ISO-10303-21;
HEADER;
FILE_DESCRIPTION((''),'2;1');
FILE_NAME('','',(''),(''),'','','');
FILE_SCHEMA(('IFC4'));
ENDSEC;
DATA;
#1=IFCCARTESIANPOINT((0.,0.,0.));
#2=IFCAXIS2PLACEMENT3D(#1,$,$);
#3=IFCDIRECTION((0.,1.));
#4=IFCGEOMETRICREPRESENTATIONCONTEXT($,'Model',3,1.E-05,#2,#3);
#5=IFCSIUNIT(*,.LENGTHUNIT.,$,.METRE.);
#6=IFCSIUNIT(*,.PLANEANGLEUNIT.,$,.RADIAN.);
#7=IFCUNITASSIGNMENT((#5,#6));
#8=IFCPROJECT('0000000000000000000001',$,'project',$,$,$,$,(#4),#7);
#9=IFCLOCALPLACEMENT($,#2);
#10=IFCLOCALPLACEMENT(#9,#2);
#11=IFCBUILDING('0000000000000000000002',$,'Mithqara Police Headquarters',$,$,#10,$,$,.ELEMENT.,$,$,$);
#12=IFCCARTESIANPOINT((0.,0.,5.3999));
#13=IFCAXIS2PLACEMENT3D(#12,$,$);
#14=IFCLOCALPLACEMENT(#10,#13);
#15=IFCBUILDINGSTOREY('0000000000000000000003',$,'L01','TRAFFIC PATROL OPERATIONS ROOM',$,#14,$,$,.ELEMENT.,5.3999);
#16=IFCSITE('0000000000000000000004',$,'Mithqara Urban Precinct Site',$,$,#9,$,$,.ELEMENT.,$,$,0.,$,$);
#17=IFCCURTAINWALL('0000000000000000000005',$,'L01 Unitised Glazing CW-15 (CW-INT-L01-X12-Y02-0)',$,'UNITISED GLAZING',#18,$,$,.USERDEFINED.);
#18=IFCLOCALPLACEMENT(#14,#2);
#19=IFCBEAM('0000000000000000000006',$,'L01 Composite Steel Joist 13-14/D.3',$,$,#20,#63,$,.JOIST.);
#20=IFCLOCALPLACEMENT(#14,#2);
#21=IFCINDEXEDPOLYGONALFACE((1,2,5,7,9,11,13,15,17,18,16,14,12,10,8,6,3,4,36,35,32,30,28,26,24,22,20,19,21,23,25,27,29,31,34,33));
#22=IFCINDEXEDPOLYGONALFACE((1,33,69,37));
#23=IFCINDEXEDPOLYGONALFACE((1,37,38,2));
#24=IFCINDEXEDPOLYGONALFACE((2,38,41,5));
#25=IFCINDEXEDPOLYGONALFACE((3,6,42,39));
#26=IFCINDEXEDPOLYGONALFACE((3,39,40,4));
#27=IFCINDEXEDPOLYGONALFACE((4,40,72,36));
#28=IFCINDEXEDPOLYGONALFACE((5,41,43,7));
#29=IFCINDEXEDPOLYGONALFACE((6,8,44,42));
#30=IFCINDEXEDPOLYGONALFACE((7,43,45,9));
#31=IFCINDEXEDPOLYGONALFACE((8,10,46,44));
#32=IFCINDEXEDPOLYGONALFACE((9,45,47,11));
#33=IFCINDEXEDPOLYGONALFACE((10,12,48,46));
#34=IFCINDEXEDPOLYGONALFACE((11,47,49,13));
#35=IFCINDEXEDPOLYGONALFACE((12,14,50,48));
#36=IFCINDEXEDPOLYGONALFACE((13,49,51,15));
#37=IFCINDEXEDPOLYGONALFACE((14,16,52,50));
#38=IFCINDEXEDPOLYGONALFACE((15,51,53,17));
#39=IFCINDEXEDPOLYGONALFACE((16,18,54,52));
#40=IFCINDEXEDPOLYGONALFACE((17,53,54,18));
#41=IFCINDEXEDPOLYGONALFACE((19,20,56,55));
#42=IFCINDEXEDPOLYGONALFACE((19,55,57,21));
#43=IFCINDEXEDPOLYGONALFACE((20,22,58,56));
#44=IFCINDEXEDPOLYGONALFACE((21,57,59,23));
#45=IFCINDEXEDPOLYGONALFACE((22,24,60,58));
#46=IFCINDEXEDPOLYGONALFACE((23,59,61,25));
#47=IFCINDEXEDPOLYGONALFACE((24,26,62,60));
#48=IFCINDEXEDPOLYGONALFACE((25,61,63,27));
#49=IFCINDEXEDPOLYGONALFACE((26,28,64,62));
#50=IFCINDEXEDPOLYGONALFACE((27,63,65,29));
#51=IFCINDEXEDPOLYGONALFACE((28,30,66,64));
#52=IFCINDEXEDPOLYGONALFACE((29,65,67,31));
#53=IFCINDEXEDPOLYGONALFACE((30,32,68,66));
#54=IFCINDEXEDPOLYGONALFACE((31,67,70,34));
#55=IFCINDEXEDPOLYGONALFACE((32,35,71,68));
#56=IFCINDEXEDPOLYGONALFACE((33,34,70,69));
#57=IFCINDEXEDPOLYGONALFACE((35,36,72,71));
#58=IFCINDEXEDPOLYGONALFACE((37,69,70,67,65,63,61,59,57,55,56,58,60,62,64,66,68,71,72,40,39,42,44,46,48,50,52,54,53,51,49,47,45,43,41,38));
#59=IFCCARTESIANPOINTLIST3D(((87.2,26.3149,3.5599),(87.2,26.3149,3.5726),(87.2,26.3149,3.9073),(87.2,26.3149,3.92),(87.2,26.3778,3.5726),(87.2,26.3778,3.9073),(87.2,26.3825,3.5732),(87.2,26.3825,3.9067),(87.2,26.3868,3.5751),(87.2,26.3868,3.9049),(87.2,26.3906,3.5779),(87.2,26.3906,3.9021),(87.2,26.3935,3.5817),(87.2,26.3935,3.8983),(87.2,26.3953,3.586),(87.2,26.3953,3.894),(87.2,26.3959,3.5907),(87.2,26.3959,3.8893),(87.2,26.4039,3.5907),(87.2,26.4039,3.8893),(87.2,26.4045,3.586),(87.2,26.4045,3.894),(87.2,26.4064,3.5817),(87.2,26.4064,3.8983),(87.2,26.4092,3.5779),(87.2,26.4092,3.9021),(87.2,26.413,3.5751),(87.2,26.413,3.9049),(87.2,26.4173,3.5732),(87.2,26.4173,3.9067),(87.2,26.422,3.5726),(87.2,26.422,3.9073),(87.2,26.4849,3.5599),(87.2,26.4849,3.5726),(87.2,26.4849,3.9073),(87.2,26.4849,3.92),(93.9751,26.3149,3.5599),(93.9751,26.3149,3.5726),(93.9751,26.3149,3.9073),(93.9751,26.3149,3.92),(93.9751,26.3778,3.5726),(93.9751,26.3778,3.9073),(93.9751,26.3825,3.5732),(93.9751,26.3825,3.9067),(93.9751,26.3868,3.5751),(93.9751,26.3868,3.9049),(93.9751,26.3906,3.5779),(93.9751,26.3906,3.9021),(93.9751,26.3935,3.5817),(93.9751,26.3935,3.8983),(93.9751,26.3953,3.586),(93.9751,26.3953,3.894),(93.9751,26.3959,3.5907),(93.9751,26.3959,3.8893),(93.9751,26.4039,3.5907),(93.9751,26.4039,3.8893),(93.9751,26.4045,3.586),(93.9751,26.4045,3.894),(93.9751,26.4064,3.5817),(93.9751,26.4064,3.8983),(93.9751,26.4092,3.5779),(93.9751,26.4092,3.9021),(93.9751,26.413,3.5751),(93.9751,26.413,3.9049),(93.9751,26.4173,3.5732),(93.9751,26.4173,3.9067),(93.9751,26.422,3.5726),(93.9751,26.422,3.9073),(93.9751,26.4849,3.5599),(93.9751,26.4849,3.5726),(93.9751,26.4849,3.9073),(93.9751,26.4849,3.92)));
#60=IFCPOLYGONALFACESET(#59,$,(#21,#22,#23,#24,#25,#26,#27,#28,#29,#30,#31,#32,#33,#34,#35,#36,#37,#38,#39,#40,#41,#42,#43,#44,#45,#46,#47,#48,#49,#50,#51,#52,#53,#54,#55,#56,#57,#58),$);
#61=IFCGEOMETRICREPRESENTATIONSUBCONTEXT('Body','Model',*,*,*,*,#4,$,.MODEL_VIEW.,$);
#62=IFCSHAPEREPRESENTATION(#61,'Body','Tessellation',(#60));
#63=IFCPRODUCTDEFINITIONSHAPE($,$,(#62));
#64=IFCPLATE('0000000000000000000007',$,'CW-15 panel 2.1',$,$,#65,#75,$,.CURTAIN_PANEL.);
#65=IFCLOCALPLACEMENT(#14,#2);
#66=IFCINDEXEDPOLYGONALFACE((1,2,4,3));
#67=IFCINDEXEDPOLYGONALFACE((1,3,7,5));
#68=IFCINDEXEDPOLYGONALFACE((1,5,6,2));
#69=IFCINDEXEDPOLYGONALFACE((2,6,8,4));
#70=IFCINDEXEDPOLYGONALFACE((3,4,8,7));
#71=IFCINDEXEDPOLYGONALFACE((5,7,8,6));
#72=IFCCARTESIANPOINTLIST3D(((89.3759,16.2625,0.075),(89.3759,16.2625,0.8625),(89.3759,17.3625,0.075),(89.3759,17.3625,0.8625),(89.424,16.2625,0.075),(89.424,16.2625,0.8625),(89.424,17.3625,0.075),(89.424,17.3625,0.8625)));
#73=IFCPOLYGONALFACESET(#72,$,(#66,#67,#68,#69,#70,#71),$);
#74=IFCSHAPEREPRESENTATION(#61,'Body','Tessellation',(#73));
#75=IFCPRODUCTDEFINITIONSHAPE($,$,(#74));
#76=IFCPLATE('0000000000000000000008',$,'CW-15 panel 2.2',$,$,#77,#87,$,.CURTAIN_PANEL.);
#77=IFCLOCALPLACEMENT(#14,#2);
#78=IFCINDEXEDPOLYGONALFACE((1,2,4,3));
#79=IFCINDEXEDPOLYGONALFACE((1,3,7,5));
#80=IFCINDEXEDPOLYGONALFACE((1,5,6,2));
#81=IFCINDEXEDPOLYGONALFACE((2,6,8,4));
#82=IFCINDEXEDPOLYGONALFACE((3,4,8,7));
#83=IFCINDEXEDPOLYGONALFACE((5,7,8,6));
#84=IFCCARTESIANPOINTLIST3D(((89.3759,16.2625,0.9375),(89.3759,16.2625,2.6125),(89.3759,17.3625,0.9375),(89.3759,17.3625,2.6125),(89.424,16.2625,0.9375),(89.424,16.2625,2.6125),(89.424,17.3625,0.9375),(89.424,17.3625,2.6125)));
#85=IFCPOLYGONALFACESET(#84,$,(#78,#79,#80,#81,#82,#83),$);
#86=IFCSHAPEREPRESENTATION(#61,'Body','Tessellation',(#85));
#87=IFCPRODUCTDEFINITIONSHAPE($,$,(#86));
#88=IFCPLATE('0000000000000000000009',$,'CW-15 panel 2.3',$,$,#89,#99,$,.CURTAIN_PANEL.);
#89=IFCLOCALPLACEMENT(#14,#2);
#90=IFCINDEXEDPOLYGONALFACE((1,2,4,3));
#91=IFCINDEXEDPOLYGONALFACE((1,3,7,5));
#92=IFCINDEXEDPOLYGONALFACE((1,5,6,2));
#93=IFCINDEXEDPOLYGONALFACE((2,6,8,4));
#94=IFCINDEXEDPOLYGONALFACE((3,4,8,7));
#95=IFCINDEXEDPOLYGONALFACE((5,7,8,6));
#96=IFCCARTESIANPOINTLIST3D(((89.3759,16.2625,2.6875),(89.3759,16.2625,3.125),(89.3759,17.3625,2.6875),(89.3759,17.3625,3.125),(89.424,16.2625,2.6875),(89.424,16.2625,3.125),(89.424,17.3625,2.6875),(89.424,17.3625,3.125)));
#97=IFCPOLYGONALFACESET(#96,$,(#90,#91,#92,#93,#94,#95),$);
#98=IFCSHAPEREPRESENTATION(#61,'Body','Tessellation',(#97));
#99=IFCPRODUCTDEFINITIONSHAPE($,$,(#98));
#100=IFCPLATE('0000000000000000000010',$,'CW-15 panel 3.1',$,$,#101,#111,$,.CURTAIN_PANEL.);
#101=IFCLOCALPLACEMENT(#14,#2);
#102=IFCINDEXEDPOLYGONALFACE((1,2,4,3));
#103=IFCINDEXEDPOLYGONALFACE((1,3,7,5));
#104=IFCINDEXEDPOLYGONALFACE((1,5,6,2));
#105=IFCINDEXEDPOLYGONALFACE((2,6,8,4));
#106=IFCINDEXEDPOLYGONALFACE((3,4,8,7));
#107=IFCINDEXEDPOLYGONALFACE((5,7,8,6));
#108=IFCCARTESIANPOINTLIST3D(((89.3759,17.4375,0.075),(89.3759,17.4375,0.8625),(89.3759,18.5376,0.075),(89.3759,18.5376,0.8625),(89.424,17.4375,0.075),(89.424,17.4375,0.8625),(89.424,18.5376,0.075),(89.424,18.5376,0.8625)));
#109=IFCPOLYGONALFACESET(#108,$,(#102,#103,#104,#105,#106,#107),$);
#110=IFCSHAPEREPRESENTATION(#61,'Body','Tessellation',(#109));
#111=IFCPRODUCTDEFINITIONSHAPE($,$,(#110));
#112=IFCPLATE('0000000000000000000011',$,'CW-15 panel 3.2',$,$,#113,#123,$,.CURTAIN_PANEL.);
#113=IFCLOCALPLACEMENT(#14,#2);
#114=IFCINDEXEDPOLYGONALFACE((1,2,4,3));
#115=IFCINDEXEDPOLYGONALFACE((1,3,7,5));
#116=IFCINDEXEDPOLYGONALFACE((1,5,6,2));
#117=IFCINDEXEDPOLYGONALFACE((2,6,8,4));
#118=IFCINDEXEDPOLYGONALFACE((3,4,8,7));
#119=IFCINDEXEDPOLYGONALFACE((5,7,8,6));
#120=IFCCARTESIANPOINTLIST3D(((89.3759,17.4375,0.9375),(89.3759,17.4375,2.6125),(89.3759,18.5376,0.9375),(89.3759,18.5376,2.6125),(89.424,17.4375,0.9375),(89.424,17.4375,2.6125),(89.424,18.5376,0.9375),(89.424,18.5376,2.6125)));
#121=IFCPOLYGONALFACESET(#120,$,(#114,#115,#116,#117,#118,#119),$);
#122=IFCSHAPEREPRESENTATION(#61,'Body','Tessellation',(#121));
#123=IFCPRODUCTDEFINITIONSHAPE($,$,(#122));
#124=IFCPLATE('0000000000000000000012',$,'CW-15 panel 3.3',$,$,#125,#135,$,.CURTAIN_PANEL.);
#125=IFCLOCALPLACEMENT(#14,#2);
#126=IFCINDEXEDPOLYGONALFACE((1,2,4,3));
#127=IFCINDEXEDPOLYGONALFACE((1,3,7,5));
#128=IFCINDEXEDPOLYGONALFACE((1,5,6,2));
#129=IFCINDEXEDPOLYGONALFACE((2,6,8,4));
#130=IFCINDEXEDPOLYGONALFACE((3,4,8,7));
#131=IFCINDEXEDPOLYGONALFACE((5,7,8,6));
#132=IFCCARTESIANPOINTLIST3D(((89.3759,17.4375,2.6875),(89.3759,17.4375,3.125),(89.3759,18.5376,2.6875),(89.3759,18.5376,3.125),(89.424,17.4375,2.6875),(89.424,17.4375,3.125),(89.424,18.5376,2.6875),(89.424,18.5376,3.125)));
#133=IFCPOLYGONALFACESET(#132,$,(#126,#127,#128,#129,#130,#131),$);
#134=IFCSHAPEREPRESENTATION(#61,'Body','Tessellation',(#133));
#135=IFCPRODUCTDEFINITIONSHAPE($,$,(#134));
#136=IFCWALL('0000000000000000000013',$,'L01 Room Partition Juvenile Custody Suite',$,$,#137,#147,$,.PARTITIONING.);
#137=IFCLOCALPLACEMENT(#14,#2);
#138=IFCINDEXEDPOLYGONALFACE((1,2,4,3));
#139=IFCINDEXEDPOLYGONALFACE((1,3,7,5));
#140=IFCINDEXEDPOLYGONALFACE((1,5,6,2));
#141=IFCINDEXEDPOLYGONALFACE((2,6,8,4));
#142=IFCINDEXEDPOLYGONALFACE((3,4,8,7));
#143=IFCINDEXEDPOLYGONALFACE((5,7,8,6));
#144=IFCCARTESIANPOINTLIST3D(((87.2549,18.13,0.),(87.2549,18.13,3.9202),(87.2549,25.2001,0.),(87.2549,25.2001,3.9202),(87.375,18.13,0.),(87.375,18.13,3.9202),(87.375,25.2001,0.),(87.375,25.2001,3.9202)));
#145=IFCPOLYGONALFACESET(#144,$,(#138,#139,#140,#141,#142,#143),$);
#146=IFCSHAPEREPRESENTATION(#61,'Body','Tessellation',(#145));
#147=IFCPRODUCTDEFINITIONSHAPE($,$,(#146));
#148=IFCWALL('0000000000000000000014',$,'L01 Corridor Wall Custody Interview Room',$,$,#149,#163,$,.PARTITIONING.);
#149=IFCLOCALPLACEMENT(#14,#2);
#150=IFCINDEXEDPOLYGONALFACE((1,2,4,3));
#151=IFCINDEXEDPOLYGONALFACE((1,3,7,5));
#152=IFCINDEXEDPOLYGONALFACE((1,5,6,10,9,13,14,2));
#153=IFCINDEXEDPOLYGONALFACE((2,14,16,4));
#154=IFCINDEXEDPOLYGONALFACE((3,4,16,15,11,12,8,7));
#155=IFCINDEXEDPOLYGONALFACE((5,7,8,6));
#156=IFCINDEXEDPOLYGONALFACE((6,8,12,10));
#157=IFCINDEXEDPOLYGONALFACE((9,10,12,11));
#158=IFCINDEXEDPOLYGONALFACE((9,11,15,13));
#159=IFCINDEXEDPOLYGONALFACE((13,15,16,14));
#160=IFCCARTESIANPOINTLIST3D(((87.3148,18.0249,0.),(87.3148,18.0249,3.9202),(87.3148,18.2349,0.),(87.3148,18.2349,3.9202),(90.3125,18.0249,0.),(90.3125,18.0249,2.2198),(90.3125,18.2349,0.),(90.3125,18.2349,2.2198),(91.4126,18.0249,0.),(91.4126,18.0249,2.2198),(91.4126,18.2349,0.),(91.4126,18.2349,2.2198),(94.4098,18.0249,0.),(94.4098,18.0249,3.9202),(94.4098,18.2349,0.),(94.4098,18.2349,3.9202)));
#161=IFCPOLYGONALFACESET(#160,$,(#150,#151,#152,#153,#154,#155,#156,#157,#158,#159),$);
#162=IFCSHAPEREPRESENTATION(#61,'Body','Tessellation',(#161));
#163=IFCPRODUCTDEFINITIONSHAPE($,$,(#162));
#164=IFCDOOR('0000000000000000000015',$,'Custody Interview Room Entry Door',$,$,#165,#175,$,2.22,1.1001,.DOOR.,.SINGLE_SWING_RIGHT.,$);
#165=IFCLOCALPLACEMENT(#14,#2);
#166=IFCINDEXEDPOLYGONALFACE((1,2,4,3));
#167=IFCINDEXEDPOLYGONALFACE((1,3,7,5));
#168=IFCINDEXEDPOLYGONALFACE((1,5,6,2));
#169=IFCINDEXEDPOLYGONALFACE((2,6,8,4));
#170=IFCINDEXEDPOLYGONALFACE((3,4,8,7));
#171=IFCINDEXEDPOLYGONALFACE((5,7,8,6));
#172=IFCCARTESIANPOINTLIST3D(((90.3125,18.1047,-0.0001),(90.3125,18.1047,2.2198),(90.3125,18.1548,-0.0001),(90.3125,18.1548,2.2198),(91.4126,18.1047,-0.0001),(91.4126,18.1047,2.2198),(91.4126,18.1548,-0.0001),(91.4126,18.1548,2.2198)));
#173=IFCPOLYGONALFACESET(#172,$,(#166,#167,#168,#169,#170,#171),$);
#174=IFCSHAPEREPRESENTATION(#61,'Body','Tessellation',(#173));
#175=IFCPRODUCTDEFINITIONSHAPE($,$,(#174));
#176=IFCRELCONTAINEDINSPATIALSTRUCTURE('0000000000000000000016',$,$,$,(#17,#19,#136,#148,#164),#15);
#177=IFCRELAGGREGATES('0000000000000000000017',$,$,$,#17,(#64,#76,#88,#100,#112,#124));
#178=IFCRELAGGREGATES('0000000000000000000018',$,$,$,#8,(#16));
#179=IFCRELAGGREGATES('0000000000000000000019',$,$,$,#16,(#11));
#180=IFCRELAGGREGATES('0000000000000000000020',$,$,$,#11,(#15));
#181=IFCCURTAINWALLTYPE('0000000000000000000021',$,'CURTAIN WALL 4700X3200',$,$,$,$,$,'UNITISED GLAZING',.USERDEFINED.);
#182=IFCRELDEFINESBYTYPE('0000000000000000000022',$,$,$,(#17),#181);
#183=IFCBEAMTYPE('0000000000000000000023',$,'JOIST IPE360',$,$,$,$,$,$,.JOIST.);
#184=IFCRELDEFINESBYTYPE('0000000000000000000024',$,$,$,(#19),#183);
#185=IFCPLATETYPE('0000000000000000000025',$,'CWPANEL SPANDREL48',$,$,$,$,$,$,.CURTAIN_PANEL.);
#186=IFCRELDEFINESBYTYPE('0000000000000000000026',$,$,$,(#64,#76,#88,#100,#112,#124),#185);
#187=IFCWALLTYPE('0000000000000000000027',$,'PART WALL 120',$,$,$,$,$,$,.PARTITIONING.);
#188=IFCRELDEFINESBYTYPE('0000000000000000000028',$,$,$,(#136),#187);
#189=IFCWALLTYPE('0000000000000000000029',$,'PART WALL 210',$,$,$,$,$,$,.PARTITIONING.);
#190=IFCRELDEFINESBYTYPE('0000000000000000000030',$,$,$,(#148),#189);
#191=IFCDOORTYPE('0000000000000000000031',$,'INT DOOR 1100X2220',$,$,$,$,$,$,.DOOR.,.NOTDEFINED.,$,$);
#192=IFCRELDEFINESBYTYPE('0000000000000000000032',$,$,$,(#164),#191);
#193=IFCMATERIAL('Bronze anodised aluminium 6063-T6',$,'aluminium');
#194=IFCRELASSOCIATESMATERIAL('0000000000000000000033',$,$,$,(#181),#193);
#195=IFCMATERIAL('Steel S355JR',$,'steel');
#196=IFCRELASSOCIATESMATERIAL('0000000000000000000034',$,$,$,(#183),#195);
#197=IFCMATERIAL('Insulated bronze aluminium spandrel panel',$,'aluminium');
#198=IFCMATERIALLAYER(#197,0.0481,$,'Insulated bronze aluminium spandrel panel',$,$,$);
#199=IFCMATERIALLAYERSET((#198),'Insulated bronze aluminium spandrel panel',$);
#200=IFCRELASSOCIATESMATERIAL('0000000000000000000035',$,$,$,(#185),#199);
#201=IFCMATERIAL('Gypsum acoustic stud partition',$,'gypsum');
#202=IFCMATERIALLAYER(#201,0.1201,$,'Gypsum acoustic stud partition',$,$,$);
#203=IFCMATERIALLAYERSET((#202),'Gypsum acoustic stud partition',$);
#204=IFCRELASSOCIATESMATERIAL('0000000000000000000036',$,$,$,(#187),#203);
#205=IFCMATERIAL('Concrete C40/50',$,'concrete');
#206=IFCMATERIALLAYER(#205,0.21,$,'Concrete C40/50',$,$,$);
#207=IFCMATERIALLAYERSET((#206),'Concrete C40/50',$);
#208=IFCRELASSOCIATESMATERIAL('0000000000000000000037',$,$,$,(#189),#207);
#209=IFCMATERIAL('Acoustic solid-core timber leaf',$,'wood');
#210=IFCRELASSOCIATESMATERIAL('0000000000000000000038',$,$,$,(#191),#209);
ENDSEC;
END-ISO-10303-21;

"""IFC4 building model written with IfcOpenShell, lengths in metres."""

from ifc_helpers import new_model, si_unit, direction, frame, frame_2d, origin, origin_2d, place, context, subcontext, project, spatial, rectangle, i_section, extrude, material, layer, layer_set, material_profile, profile_set, type_object, element, fill, aggregate, save


model = new_model("IFC4")

# Units and contexts
model_context = context("Model", 3, precision=1e-05, world=origin(), true_north=direction((0.0, 1.0)))
body_context = subcontext(model_context, "Body", "Model", "MODEL_VIEW")
ifc_project = project(units=[si_unit("LENGTHUNIT", "METRE"), si_unit("PLANEANGLEUNIT", "RADIAN")], contexts=[model_context])

# Site, building, storey
site_placement = place(None, origin())
site = spatial("IfcSite", under=ifc_project, at=site_placement, Name="Mithqara Urban Precinct Site", CompositionType="ELEMENT", RefElevation=0.0)
building_placement = place(site_placement, origin())
building = spatial("IfcBuilding", under=site, at=building_placement, Name="Mithqara Police Headquarters", CompositionType="ELEMENT")
storey_placement = place(building_placement, frame((0.0, 0.0, 5.3999)))
storey = spatial("IfcBuildingStorey", under=building, at=storey_placement, Name="L01", Description="TRAFFIC PATROL OPERATIONS ROOM", CompositionType="ELEMENT", Elevation=5.3999)

# Shared definitions
ifc_material_1 = material(Name="Steel S355JR", Category="steel")
ifc_material_2 = material(Name="Concrete C40/50", Category="concrete")

# Curtain wall
ifc_material_3 = material(Name="Bronze anodised aluminium 6063-T6", Category="aluminium")
curtain_wall_type = type_object("IfcCurtainWallType", Name="CURTAIN WALL 4700X3200", ElementType="UNITISED GLAZING", PredefinedType="USERDEFINED", material=ifc_material_3)
curtain_wall_placement = place(storey_placement, origin())
curtain_wall = element("IfcCurtainWall", 1, at=curtain_wall_placement, inside=storey, type_object=curtain_wall_type, Name="L01 Unitised Glazing CW-15 (CW-INT-L01-X12-Y02-0)", ObjectType="UNITISED GLAZING", PredefinedType="USERDEFINED")

# Beam
ifc_material_profile_1 = material_profile(ifc_material_1, i_section(OverallWidth=0.1699, OverallDepth=0.3601, WebThickness=0.0081, FlangeThickness=0.0127, FilletRadius=0.0181, at=origin_2d()), Name="IPE 360")
ifc_profile_set_1 = profile_set([ifc_material_profile_1], Name="Steel S355JR")
beam_type_1 = type_object("IfcBeamType", Name="JOIST IPE360", PredefinedType="JOIST", material=ifc_profile_set_1)
beam_1_placement = place(storey_placement, frame((87.2, 26.3999, 3.74), z_axis=(1.0, 0.0, 0.0), x_axis=(0.0, 1.0, 0.0)))
element("IfcBeam", 2, at=beam_1_placement, inside=storey, type_object=beam_type_1, Name="L01 Composite Steel Joist 13-14/D.3", PredefinedType="JOIST", context=body_context, shape_type="SweptSolid", body=[
    extrude(i_section(OverallWidth=0.1699, OverallDepth=0.3601, WebThickness=0.0081, FlangeThickness=0.0127, FilletRadius=0.0181, at=origin_2d()), origin(), (0.0, 0.0, 1.0), 6.7751),
])

# Plates
ifc_material_4 = material(Name="Insulated bronze aluminium spandrel panel", Category="aluminium")
ifc_layer_1 = layer(ifc_material_4, 0.0481, Name="Insulated bronze aluminium spandrel panel")
ifc_layer_set_1 = layer_set([ifc_layer_1], Name="Insulated bronze aluminium spandrel panel")
plate_type = type_object("IfcPlateType", Name="CWPANEL SPANDREL48", PredefinedType="CURTAIN_PANEL", material=ifc_layer_set_1)
plate_1_placement = place(storey_placement, frame((89.3999, 16.8125, 0.075), z_axis=(0.0, 0.0, 1.0), x_axis=(0.0, 1.0, 0.0)))
plate_1 = element("IfcPlate", 3, at=plate_1_placement, type_object=plate_type, Name="CW-15 panel 2.1", PredefinedType="CURTAIN_PANEL", context=body_context, shape_type="SweptSolid", body=[
    extrude(rectangle(XDim=1.1001, YDim=0.0481, at=origin_2d()), origin(), (0.0, 0.0, 1.0), 0.7876),
])
plate_2_placement = place(storey_placement, frame((89.3999, 16.8125, 0.9375), z_axis=(0.0, 0.0, 1.0), x_axis=(0.0, 1.0, 0.0)))
plate_2 = element("IfcPlate", 4, at=plate_2_placement, type_object=plate_type, Name="CW-15 panel 2.2", PredefinedType="CURTAIN_PANEL", context=body_context, shape_type="SweptSolid", body=[
    extrude(rectangle(XDim=1.1001, YDim=0.0481, at=origin_2d()), origin(), (0.0, 0.0, 1.0), 1.675),
])
plate_3_placement = place(storey_placement, frame((89.3999, 16.8125, 2.6875), z_axis=(0.0, 0.0, 1.0), x_axis=(0.0, 1.0, 0.0)))
plate_3 = element("IfcPlate", 5, at=plate_3_placement, type_object=plate_type, Name="CW-15 panel 2.3", PredefinedType="CURTAIN_PANEL", context=body_context, shape_type="SweptSolid", body=[
    extrude(rectangle(XDim=1.1001, YDim=0.0481, at=origin_2d()), origin(), (0.0, 0.0, 1.0), 0.4375),
])
plate_4_placement = place(storey_placement, frame((89.3999, 17.9875, 0.075), z_axis=(0.0, 0.0, 1.0), x_axis=(0.0, 1.0, 0.0)))
plate_4 = element("IfcPlate", 6, at=plate_4_placement, type_object=plate_type, Name="CW-15 panel 3.1", PredefinedType="CURTAIN_PANEL", context=body_context, shape_type="SweptSolid", body=[
    extrude(rectangle(XDim=1.1001, YDim=0.0481, at=origin_2d()), origin(), (0.0, 0.0, 1.0), 0.7876),
])
plate_5_placement = place(storey_placement, frame((89.3999, 17.9875, 0.9375), z_axis=(0.0, 0.0, 1.0), x_axis=(0.0, 1.0, 0.0)))
plate_5 = element("IfcPlate", 7, at=plate_5_placement, type_object=plate_type, Name="CW-15 panel 3.2", PredefinedType="CURTAIN_PANEL", context=body_context, shape_type="SweptSolid", body=[
    extrude(rectangle(XDim=1.1001, YDim=0.0481, at=origin_2d()), origin(), (0.0, 0.0, 1.0), 1.675),
])
plate_6_placement = place(storey_placement, frame((89.3999, 17.9875, 2.6875), z_axis=(0.0, 0.0, 1.0), x_axis=(0.0, 1.0, 0.0)))
plate_6 = element("IfcPlate", 8, at=plate_6_placement, type_object=plate_type, Name="CW-15 panel 3.3", PredefinedType="CURTAIN_PANEL", context=body_context, shape_type="SweptSolid", body=[
    extrude(rectangle(XDim=1.1001, YDim=0.0481, at=origin_2d()), origin(), (0.0, 0.0, 1.0), 0.4375),
])
aggregate(curtain_wall, [plate_1, plate_2, plate_3, plate_4, plate_5, plate_6])

# Wall
ifc_material_5 = material(Name="Gypsum acoustic stud partition", Category="gypsum")
ifc_layer_2 = layer(ifc_material_5, 0.1201, Name="Gypsum acoustic stud partition")
ifc_layer_set_2 = layer_set([ifc_layer_2], Name="Gypsum acoustic stud partition")
wall_type_1 = type_object("IfcWallType", Name="PART WALL 120", PredefinedType="PARTITIONING", material=ifc_layer_set_2)
wall_1_placement = place(storey_placement, frame((87.3149, 18.1299, 0.0), z_axis=(0.0, 0.0, 1.0), x_axis=(0.0, 1.0, 0.0)))
element("IfcWall", 9, at=wall_1_placement, inside=storey, type_object=wall_type_1, Name="L01 Room Partition Juvenile Custody Suite", PredefinedType="PARTITIONING", context=body_context, shape_type="SweptSolid", body=[
    extrude(rectangle(XDim=7.0701, YDim=0.1201, at=frame_2d((3.5352, 0.0))), origin(), (0.0, 0.0, 1.0), 3.9202),
])

# Wall, opening, door
ifc_layer_3 = layer(ifc_material_2, 0.21, Name="Concrete C40/50")
ifc_layer_set_3 = layer_set([ifc_layer_3], Name="Concrete C40/50")
wall_type_2 = type_object("IfcWallType", Name="PART WALL 210", PredefinedType="PARTITIONING", material=ifc_layer_set_3)
wall_2_placement = place(storey_placement, frame((87.3149, 18.1299, 0.0), z_axis=(0.0, 0.0, 1.0), x_axis=(1.0, 0.0, 0.0)))
wall_2 = element("IfcWall", 10, at=wall_2_placement, inside=storey, type_object=wall_type_2, Name="L01 Corridor Wall Custody Interview Room", PredefinedType="PARTITIONING", context=body_context, shape_type="SweptSolid", body=[
    extrude(rectangle(XDim=7.095, YDim=0.21, at=frame_2d((3.5474, 0.0))), origin(), (0.0, 0.0, 1.0), 3.9202),
])
opening_placement = place(wall_2_placement, frame((2.9976, 0.0, 0.0)))
opening = element("IfcOpeningElement", 11, at=opening_placement, cuts=wall_2, PredefinedType="OPENING", context=body_context, shape_type="SweptSolid", body=[
    extrude(rectangle(XDim=1.1001, YDim=2.22, at=frame_2d((0.55, 1.1099))), frame((0.0, 0.115, 0.0), z_axis=(0.0, -1.0, 0.0), x_axis=(1.0, 0.0, 0.0)), (0.0, 0.0, 1.0), 0.23),
])
ifc_material_6 = material(Name="Acoustic solid-core timber leaf", Category="wood")
door_type = type_object("IfcDoorType", Name="INT DOOR 1100X2220", OperationType="NOTDEFINED", PredefinedType="DOOR", material=ifc_material_6)
door_placement = place(opening_placement, origin())
door = element("IfcDoor", 12, at=door_placement, inside=storey, type_object=door_type, Name="Custody Interview Room Entry Door", OperationType="SINGLE_SWING_RIGHT", OverallHeight=2.22, OverallWidth=1.1001, PredefinedType="DOOR", context=body_context, shape_type="SweptSolid", body=[
    extrude(rectangle(XDim=1.1001, YDim=2.22, at=frame_2d((0.55, 1.1099))), frame((0.0, 0.0249, 0.0), z_axis=(0.0, -1.0, 0.0), x_axis=(1.0, 0.0, 0.0)), (0.0, 0.0, 1.0), 0.05),
])
fill(opening, door)

save(model, "model.ifc")
